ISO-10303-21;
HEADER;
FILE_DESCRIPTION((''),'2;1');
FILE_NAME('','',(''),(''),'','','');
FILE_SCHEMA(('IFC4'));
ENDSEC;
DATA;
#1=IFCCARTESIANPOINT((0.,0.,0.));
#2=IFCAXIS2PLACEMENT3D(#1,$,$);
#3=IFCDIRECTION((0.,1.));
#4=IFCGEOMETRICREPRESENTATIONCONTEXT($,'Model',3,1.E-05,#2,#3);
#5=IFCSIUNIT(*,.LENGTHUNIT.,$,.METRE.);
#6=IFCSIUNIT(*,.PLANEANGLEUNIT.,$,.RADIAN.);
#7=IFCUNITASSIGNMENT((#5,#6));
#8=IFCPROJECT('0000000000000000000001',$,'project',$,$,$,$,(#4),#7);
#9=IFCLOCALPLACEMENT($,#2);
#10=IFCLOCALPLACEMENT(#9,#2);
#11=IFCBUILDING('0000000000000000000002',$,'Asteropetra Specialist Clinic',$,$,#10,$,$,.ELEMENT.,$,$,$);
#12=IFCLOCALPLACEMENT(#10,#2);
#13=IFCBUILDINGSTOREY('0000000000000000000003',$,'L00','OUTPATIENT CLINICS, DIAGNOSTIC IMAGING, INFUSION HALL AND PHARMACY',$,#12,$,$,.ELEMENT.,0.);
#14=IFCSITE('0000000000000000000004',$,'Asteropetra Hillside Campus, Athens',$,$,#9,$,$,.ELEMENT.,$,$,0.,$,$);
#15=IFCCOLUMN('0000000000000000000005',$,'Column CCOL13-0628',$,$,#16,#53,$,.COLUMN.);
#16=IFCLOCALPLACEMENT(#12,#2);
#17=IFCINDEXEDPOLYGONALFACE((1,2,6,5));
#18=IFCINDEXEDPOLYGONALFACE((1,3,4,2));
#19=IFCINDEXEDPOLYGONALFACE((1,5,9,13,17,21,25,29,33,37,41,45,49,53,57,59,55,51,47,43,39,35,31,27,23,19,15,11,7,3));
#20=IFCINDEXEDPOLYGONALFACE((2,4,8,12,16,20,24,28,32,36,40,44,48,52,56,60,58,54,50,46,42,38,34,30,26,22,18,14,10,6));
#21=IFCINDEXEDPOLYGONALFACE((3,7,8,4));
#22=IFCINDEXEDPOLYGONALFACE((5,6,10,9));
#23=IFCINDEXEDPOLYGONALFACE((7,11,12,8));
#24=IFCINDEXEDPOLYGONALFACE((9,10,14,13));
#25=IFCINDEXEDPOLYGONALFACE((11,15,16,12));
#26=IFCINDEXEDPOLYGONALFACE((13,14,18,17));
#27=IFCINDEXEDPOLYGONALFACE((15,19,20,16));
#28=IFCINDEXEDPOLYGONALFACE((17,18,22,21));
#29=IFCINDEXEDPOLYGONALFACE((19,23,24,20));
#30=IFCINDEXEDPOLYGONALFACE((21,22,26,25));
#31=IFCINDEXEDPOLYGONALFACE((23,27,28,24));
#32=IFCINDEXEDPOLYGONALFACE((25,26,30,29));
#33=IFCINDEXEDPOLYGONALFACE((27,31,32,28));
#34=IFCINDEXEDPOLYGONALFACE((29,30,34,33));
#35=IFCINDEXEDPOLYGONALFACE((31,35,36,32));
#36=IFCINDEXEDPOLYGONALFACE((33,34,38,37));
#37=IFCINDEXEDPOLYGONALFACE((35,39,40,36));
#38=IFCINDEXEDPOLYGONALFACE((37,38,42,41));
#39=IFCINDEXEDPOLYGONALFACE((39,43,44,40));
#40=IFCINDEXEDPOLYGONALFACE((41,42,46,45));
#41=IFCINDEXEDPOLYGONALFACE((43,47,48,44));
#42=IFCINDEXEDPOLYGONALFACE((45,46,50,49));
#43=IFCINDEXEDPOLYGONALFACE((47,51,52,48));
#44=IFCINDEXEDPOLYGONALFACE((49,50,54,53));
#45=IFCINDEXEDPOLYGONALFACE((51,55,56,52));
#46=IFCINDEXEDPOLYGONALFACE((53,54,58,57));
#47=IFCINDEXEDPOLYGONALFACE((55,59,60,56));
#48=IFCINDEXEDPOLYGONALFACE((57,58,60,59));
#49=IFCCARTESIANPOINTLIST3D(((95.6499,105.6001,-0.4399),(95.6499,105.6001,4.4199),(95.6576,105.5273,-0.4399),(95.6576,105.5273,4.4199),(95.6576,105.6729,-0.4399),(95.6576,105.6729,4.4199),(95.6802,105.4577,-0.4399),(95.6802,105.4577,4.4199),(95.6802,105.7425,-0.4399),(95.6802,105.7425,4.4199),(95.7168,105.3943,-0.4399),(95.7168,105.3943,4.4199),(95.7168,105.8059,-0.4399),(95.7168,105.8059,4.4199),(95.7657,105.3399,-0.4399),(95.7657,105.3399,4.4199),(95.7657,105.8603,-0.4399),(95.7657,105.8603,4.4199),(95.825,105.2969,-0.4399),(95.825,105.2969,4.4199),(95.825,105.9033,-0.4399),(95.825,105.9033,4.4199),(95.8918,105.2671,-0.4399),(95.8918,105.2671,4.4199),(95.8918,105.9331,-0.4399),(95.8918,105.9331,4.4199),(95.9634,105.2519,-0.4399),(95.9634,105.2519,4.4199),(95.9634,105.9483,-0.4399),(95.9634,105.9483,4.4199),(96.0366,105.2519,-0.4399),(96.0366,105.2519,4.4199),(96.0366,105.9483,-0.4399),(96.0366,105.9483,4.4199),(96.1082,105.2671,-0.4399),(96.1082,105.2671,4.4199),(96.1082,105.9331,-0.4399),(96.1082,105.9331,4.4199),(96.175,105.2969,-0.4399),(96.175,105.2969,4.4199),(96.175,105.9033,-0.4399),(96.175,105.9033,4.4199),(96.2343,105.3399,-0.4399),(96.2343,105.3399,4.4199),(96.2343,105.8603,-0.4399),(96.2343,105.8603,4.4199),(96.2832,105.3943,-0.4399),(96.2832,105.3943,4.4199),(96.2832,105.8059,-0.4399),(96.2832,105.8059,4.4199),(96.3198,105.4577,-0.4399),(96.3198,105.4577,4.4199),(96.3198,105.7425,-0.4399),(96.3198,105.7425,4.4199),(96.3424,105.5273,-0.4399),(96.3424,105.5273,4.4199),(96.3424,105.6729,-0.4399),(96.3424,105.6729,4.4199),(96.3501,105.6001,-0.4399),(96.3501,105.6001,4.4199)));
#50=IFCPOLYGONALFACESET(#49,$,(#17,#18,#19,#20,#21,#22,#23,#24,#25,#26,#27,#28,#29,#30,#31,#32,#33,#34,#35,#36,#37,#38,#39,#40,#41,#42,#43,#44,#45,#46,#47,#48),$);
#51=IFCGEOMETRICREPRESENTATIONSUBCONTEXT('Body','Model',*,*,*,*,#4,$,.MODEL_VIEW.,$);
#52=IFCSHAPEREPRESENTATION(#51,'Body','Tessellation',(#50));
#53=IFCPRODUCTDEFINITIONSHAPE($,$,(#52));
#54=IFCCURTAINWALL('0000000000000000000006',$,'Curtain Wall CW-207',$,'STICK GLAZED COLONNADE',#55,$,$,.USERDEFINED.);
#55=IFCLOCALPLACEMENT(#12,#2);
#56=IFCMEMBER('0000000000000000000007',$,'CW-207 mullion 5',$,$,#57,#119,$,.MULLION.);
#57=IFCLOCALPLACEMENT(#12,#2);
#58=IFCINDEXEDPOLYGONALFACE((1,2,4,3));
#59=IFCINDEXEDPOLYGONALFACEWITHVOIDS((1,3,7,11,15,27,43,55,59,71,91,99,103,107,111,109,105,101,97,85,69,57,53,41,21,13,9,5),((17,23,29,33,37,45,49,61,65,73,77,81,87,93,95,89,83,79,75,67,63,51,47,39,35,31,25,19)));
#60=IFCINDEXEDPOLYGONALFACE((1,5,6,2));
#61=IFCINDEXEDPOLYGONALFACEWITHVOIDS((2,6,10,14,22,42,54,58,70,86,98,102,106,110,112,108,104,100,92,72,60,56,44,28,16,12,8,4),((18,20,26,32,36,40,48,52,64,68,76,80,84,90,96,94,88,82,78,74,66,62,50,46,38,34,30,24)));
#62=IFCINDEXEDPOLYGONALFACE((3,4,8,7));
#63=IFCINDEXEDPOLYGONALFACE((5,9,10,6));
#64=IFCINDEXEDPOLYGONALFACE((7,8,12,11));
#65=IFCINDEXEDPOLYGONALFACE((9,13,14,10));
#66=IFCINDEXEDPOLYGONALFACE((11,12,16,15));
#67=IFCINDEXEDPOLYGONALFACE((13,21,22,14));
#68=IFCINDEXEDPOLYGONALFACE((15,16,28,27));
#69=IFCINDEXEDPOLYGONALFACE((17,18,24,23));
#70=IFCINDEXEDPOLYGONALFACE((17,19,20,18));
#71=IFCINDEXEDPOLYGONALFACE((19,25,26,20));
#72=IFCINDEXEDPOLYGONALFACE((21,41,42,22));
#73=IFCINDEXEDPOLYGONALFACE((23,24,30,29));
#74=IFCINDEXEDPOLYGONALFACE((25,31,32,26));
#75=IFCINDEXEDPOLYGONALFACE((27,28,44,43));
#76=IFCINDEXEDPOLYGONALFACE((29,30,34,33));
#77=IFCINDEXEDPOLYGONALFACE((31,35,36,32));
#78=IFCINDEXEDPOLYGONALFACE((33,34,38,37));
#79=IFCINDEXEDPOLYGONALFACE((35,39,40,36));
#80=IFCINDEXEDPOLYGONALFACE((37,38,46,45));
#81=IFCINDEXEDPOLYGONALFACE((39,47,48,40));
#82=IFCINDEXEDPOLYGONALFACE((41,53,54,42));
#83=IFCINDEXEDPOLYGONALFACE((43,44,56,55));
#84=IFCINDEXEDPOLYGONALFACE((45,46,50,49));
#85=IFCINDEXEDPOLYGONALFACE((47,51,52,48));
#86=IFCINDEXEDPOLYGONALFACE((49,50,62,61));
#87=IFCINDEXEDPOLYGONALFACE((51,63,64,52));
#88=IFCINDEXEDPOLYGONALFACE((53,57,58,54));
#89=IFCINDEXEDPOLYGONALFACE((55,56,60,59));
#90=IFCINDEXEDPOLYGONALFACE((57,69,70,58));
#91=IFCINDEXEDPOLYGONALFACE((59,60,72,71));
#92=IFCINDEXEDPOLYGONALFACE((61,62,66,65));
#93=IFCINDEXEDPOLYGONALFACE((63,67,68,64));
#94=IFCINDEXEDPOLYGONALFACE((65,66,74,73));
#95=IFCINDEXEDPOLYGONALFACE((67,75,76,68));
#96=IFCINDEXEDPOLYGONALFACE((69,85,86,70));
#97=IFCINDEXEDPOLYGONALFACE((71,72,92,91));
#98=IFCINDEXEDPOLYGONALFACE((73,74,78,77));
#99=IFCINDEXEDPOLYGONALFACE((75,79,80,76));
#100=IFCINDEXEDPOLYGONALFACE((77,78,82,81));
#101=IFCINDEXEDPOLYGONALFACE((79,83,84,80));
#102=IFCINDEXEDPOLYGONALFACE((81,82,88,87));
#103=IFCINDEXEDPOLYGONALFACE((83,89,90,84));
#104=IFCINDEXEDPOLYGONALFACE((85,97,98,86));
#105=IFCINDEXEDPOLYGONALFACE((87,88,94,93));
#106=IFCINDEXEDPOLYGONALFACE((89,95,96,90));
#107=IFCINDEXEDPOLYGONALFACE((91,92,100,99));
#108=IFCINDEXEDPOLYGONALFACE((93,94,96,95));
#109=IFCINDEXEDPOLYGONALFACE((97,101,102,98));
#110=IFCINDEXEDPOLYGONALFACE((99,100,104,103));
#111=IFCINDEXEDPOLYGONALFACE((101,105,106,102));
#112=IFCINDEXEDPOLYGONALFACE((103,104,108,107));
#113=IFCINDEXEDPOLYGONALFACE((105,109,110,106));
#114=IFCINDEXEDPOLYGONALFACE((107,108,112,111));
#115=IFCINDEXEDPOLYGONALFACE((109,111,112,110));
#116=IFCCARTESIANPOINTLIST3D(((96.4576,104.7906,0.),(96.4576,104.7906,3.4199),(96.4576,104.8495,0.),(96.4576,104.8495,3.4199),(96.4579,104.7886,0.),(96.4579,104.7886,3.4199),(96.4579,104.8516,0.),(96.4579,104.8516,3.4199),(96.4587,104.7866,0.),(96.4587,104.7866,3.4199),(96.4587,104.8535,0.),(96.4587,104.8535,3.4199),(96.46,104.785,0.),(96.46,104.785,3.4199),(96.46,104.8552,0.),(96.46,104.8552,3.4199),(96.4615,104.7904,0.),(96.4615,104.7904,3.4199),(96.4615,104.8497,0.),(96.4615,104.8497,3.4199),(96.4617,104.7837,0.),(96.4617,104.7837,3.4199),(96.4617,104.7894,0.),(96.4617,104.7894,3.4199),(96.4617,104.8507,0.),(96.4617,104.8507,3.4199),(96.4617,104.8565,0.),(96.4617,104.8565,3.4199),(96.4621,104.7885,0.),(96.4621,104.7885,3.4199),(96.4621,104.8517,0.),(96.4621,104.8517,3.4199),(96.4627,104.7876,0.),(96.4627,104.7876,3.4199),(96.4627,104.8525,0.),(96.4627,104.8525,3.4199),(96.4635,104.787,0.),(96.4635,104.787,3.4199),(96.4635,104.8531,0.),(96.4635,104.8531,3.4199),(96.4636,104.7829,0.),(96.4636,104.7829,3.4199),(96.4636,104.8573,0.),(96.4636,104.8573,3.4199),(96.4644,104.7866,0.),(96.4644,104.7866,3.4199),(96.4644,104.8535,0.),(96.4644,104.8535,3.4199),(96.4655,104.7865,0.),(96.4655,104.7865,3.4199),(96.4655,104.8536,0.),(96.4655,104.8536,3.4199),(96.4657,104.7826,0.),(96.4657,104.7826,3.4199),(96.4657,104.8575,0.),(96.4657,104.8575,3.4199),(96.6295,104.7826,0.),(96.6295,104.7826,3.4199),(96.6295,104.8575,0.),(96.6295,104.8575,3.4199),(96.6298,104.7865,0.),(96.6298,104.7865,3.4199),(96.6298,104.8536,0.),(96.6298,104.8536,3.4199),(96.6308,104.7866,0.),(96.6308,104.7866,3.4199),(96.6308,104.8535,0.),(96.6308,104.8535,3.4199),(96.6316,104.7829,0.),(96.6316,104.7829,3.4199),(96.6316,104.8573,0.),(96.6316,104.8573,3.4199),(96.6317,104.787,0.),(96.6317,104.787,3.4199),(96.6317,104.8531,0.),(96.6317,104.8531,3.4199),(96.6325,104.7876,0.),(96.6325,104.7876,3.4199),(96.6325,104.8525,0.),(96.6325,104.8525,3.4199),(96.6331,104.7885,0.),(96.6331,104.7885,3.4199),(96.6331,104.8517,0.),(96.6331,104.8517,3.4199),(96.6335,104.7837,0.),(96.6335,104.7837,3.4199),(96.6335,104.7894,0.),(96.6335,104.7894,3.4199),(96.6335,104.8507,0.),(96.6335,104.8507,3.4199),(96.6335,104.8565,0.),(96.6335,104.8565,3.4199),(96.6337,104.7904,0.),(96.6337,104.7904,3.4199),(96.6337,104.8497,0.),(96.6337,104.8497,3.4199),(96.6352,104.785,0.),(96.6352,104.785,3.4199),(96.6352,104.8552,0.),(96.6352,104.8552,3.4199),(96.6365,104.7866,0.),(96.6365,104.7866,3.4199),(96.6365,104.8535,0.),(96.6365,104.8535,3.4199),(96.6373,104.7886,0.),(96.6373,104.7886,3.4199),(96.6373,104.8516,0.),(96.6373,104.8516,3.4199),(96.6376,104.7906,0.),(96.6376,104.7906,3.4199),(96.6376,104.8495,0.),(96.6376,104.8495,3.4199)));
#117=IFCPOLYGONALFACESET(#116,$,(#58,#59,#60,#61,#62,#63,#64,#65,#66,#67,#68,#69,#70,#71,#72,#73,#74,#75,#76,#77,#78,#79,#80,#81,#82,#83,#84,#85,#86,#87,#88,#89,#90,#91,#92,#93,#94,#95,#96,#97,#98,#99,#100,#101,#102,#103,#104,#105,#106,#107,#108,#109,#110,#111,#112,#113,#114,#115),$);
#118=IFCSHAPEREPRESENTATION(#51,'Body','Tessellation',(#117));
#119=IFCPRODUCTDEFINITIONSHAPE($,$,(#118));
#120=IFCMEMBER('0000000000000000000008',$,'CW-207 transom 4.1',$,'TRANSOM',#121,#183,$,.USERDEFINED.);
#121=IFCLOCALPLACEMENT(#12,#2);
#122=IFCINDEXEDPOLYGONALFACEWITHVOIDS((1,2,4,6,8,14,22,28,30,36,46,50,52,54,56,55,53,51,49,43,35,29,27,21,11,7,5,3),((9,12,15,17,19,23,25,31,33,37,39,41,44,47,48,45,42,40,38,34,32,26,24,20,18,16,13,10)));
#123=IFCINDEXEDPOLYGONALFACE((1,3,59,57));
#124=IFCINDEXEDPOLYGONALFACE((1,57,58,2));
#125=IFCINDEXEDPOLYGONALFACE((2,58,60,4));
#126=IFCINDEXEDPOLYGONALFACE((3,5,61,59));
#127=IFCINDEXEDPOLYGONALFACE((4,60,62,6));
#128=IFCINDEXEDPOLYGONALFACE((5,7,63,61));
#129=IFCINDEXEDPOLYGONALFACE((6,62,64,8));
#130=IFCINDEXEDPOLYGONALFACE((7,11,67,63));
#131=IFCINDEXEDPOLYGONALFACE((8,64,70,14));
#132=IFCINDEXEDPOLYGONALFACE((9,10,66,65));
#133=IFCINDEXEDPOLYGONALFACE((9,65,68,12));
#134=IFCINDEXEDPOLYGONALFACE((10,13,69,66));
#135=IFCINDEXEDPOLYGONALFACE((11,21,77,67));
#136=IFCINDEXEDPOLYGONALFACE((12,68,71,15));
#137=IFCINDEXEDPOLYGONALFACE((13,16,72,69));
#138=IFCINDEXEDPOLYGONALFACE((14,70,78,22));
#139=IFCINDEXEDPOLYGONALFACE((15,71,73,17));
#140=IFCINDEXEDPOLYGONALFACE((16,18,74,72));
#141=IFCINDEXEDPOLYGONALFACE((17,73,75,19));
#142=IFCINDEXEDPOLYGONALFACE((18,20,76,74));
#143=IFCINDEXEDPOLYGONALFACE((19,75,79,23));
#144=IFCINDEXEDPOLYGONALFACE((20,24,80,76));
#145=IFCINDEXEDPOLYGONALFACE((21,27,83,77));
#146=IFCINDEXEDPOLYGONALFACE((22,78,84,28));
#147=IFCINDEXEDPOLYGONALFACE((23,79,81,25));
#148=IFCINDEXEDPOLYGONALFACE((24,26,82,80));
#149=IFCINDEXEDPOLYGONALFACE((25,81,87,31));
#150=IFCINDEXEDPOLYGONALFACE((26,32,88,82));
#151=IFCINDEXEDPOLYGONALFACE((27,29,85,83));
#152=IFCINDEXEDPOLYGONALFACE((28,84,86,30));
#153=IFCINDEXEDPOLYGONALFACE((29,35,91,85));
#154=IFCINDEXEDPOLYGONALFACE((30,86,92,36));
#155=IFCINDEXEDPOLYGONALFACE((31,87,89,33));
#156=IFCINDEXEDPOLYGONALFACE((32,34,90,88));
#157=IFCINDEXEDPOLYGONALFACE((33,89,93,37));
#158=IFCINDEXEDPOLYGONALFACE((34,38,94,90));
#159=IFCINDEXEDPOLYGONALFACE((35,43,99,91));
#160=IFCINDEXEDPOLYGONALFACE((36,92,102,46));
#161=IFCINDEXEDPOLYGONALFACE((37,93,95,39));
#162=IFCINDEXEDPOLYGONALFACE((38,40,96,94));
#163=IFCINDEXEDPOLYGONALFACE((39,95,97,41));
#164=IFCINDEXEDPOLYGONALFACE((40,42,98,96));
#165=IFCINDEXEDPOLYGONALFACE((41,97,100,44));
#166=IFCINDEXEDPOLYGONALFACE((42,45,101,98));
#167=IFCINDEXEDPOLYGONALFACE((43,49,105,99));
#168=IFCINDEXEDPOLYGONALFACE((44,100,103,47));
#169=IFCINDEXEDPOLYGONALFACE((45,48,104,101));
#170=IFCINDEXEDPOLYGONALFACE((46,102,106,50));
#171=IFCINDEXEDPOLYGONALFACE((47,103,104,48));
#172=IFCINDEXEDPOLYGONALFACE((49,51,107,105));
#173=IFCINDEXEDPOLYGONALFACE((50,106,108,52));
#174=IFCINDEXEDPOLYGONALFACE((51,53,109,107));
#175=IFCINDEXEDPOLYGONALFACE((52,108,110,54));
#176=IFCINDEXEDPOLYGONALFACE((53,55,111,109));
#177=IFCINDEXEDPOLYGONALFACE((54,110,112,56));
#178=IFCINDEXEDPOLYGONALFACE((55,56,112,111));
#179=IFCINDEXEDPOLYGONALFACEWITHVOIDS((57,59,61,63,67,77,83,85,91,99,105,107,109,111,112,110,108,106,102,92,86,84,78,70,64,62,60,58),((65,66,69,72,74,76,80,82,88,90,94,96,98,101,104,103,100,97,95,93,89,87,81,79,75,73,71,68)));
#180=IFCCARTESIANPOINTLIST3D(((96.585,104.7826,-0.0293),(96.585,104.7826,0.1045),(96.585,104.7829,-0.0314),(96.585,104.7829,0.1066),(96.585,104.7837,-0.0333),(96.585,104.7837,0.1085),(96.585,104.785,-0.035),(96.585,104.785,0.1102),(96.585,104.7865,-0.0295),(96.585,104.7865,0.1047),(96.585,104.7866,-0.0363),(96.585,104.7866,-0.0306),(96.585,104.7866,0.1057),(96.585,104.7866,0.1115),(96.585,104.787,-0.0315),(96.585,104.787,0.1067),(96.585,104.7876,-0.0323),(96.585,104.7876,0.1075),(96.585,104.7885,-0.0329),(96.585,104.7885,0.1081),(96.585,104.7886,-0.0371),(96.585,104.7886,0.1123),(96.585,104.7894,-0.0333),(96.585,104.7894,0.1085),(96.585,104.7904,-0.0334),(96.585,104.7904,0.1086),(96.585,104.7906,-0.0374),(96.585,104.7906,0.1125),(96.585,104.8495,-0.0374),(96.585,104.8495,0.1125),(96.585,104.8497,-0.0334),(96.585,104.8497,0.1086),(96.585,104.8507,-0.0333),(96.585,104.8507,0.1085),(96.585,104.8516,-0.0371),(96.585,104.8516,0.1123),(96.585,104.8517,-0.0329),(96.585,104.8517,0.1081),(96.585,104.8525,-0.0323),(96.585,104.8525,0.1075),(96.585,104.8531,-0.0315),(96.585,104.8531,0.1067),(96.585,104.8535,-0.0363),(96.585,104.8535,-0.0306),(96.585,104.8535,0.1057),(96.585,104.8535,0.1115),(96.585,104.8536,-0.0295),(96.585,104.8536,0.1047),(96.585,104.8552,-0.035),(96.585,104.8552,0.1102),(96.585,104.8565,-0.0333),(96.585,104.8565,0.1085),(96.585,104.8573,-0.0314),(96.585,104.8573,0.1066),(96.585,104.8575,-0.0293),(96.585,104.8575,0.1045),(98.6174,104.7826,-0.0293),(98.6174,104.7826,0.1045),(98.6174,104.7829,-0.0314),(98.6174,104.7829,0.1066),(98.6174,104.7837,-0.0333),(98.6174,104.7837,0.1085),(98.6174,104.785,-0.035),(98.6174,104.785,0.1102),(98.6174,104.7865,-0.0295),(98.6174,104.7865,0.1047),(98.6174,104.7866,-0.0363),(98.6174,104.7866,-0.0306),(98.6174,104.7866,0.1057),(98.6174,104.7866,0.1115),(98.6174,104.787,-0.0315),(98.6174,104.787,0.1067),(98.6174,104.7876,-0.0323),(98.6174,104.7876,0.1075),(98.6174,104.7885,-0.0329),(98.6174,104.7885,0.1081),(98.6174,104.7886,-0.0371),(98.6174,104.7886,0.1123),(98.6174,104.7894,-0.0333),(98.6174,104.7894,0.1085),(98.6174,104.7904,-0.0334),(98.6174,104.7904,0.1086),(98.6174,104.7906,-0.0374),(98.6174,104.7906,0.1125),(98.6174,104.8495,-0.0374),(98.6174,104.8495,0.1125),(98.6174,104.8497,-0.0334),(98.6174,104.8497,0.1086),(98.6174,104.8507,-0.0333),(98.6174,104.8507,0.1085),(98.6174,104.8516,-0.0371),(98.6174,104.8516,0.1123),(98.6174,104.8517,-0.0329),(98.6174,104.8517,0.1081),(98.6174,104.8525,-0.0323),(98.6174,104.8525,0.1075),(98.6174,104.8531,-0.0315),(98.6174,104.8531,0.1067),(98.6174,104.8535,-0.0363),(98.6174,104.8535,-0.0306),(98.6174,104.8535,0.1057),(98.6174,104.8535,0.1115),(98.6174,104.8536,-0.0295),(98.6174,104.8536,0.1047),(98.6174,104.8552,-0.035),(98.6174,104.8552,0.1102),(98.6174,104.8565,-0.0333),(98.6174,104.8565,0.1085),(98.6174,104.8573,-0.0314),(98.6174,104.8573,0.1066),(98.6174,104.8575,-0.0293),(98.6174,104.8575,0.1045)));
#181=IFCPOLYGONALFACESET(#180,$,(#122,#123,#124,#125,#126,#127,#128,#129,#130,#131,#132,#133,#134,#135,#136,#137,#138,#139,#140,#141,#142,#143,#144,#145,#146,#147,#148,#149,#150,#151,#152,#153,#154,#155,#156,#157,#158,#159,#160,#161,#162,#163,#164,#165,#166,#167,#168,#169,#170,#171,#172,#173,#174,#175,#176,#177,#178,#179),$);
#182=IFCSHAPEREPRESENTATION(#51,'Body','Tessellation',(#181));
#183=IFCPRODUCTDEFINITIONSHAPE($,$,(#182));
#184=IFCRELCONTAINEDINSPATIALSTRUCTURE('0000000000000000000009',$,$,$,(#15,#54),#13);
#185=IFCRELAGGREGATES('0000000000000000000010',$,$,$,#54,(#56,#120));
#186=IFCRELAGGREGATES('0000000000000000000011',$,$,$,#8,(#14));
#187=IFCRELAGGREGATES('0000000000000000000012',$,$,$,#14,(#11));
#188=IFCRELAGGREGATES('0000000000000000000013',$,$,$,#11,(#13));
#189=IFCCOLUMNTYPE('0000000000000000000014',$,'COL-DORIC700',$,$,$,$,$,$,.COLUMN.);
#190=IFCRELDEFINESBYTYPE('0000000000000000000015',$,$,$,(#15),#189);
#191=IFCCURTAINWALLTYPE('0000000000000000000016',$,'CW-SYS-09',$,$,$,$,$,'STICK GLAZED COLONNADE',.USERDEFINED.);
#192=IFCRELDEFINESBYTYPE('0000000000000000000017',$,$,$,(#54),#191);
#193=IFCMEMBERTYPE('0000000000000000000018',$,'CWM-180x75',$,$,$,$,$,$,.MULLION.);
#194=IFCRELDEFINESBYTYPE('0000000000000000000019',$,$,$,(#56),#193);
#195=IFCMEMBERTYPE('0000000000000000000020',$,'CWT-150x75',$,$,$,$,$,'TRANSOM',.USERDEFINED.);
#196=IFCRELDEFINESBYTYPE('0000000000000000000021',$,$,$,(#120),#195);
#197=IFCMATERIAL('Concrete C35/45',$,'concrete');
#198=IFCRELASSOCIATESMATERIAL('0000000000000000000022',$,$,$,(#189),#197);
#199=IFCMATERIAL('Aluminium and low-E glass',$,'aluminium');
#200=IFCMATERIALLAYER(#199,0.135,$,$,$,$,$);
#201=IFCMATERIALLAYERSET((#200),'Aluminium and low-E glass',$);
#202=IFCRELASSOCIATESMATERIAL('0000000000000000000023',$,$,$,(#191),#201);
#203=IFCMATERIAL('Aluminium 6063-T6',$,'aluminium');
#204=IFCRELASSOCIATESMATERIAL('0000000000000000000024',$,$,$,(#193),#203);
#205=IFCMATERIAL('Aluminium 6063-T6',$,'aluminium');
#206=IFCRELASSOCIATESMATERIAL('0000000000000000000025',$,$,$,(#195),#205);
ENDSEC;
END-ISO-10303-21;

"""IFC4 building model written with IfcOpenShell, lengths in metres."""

from ifc_helpers import new_model, si_unit, direction, frame, origin, origin_2d, place, context, subcontext, project, spatial, hollow_rectangle, circle, extrude, material, layer, layer_set, material_profile, profile_set, type_object, element, aggregate, save


model = new_model("IFC4")

# Units and contexts
model_context = context("Model", 3, precision=1e-05, world=origin(), true_north=direction((0.0, 1.0)))
body_context = subcontext(model_context, "Body", "Model", "MODEL_VIEW")
ifc_project = project(units=[si_unit("LENGTHUNIT", "METRE"), si_unit("PLANEANGLEUNIT", "RADIAN")], contexts=[model_context])

# Site, building, storey
site_placement = place(None, origin())
site = spatial("IfcSite", under=ifc_project, at=site_placement, Name="Asteropetra Hillside Campus, Athens", CompositionType="ELEMENT", RefElevation=0.0)
building_placement = place(site_placement, origin())
building = spatial("IfcBuilding", under=site, at=building_placement, Name="Asteropetra Specialist Clinic", CompositionType="ELEMENT")
storey_placement = place(building_placement, origin())
storey = spatial("IfcBuildingStorey", under=building, at=storey_placement, Name="L00", Description="OUTPATIENT CLINICS, DIAGNOSTIC IMAGING, INFUSION HALL AND PHARMACY", CompositionType="ELEMENT", Elevation=0.0)

# Column
ifc_material_1 = material(Name="Concrete C35/45", Category="concrete")
ifc_material_profile_1 = material_profile(ifc_material_1, circle(Radius=0.3501, at=origin_2d()), Name="RCC D700")
ifc_profile_set_1 = profile_set([ifc_material_profile_1], Name="Concrete C35/45")
column_type = type_object("IfcColumnType", Name="COL-DORIC700", PredefinedType="COLUMN", material=ifc_profile_set_1)
column_placement = place(storey_placement, frame((96.0, 105.6001, -0.4399), z_axis=(0.0, 0.0, 1.0), x_axis=(1.0, 0.0, 0.0)))
element("IfcColumn", 1, at=column_placement, inside=storey, type_object=column_type, Name="Column CCOL13-0628", PredefinedType="COLUMN", context=body_context, shape_type="SweptSolid", body=[
    extrude(circle(Radius=0.3501, at=origin_2d()), origin(), (0.0, 0.0, 1.0), 4.8599),
])

# Curtain wall, members
ifc_material_2 = material(Name="Aluminium and low-E glass", Category="aluminium")
ifc_layer_1 = layer(ifc_material_2, 0.135)
ifc_layer_set_1 = layer_set([ifc_layer_1], Name="Aluminium and low-E glass")
curtain_wall_type = type_object("IfcCurtainWallType", Name="CW-SYS-09", ElementType="STICK GLAZED COLONNADE", PredefinedType="USERDEFINED", material=ifc_layer_set_1)
curtain_wall_placement = place(storey_placement, origin())
curtain_wall = element("IfcCurtainWall", 2, at=curtain_wall_placement, inside=storey, type_object=curtain_wall_type, Name="Curtain Wall CW-207", ObjectType="STICK GLAZED COLONNADE", PredefinedType="USERDEFINED")
ifc_material_3 = material(Name="Aluminium 6063-T6", Category="aluminium")
ifc_material_profile_2 = material_profile(ifc_material_3, hollow_rectangle(XDim=0.075, YDim=0.1799, WallThickness=0.0039, InnerFilletRadius=0.0039, OuterFilletRadius=0.0081, at=origin_2d()), Name="MUL 180x75x4.0")
ifc_profile_set_2 = profile_set([ifc_material_profile_2], Name="Aluminium 6063-T6")
member_type_1 = type_object("IfcMemberType", Name="CWM-180x75", PredefinedType="MULLION", material=ifc_profile_set_2)
member_1_placement = place(storey_placement, frame((96.5476, 104.8201, 0.0), z_axis=(0.0, 0.0, 1.0), x_axis=(0.0, -1.0, 0.0)))
member_1 = element("IfcMember", 3, at=member_1_placement, type_object=member_type_1, Name="CW-207 mullion 5", PredefinedType="MULLION", context=body_context, shape_type="SweptSolid", body=[
    extrude(hollow_rectangle(XDim=0.075, YDim=0.1799, WallThickness=0.0039, InnerFilletRadius=0.0039, OuterFilletRadius=0.0081, at=origin_2d()), origin(), (0.0, 0.0, 1.0), 3.4199),
])
ifc_material_4 = material(Name="Aluminium 6063-T6", Category="aluminium")
ifc_material_profile_3 = material_profile(ifc_material_4, hollow_rectangle(XDim=0.075, YDim=0.1499, WallThickness=0.0039, InnerFilletRadius=0.0039, OuterFilletRadius=0.0081, at=origin_2d()), Name="TRN 150x75x4.0")
ifc_profile_set_3 = profile_set([ifc_material_profile_3], Name="Aluminium 6063-T6")
member_type_2 = type_object("IfcMemberType", Name="CWT-150x75", ElementType="TRANSOM", PredefinedType="USERDEFINED", material=ifc_profile_set_3)
member_2_placement = place(storey_placement, frame((98.6174, 104.8201, 0.0376), z_axis=(-1.0, 0.0, 0.0), x_axis=(0.0, -1.0, 0.0)))
member_2 = element("IfcMember", 4, at=member_2_placement, type_object=member_type_2, Name="CW-207 transom 4.1", ObjectType="TRANSOM", PredefinedType="USERDEFINED", context=body_context, shape_type="SweptSolid", body=[
    extrude(hollow_rectangle(XDim=0.075, YDim=0.1499, WallThickness=0.0039, InnerFilletRadius=0.0039, OuterFilletRadius=0.0081, at=origin_2d()), origin(), (0.0, 0.0, 1.0), 2.0325),
])
aggregate(curtain_wall, [member_1, member_2])

save(model, "model.ifc")
